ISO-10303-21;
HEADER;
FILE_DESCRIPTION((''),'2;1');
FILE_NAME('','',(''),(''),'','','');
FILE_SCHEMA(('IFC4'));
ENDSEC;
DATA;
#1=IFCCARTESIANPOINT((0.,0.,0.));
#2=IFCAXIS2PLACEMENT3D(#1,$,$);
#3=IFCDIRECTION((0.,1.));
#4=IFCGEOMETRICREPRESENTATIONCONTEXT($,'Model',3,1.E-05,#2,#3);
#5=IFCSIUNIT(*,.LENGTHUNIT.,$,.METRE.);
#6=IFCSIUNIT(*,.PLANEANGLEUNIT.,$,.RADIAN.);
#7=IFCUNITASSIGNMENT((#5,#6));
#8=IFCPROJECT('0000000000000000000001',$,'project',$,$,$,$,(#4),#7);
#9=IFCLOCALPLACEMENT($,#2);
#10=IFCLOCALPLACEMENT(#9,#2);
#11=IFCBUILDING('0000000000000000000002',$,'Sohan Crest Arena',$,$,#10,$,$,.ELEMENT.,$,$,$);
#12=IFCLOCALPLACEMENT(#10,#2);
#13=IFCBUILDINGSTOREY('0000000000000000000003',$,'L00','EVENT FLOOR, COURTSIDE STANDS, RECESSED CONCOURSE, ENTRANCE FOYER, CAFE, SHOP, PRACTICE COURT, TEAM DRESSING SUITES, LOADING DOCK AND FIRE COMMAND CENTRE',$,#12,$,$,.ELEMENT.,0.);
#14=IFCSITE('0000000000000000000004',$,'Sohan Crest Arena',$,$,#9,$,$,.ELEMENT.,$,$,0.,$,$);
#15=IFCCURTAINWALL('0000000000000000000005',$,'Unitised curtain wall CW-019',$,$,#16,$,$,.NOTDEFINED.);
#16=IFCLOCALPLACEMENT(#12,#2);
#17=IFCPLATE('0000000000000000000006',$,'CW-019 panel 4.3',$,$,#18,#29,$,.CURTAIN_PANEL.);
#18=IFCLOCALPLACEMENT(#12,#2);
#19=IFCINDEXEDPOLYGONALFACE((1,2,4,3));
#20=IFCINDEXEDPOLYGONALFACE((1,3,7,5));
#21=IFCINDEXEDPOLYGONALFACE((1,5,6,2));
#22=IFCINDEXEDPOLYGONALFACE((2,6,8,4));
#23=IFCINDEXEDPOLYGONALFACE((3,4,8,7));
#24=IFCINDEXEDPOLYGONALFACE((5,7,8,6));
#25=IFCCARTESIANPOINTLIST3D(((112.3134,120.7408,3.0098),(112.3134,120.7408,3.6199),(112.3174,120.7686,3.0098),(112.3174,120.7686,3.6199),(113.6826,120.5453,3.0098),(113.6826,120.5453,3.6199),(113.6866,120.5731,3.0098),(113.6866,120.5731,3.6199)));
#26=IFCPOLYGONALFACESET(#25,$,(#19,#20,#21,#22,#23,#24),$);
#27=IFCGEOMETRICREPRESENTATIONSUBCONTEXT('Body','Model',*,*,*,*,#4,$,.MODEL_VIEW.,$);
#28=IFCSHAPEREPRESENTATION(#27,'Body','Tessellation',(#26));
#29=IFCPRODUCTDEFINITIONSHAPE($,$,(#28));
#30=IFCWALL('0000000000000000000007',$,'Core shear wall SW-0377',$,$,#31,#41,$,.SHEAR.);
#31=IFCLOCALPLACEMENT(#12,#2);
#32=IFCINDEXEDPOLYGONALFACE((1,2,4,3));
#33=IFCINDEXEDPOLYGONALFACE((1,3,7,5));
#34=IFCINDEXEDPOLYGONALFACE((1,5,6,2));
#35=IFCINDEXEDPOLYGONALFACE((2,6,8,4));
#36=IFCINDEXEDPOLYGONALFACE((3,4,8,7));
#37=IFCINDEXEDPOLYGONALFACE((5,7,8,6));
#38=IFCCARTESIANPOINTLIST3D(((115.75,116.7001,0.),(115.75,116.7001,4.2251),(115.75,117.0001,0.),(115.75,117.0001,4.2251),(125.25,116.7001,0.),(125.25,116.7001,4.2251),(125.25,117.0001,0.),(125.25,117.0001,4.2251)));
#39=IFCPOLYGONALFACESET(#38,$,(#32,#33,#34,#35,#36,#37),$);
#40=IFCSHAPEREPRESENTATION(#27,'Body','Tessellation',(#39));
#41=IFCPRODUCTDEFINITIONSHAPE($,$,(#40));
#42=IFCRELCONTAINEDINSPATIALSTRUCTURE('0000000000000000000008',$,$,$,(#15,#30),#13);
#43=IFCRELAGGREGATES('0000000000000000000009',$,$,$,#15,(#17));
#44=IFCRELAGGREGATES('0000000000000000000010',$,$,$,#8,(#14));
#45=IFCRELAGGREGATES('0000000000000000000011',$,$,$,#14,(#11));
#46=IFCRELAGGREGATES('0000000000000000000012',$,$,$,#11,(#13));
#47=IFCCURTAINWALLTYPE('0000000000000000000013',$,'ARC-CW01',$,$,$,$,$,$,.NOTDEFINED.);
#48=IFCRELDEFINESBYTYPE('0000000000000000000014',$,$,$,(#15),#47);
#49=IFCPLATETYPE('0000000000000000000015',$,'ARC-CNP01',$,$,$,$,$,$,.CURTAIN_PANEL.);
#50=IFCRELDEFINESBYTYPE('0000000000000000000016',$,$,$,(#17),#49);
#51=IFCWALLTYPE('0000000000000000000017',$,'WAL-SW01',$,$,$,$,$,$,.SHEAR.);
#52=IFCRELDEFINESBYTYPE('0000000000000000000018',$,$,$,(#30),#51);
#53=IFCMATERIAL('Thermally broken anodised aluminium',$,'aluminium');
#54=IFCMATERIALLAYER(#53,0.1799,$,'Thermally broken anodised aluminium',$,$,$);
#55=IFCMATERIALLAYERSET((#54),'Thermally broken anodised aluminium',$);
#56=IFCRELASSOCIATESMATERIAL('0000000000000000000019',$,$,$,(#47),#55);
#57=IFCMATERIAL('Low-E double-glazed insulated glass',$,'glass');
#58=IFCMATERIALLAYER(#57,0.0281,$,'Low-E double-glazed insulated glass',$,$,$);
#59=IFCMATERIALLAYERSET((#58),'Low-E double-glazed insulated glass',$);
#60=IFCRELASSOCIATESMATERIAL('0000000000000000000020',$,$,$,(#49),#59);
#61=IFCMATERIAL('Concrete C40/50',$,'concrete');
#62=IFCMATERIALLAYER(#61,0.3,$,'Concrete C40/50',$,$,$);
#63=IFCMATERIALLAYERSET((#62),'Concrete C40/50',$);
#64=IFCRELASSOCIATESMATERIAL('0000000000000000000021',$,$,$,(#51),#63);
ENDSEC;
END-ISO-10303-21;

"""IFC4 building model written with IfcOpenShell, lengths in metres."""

from ifc_helpers import new_model, si_unit, direction, frame, frame_2d, origin, origin_2d, place, context, subcontext, project, spatial, rectangle, extrude, material, layer, layer_set, type_object, element, aggregate, save


model = new_model("IFC4")

# Units and contexts
model_context = context("Model", 3, precision=1e-05, world=origin(), true_north=direction((0.0, 1.0)))
body_context = subcontext(model_context, "Body", "Model", "MODEL_VIEW")
ifc_project = project(units=[si_unit("LENGTHUNIT", "METRE"), si_unit("PLANEANGLEUNIT", "RADIAN")], contexts=[model_context])

# Site, building, storey
site_placement = place(None, origin())
site = spatial("IfcSite", under=ifc_project, at=site_placement, Name="Sohan Crest Arena", CompositionType="ELEMENT", RefElevation=0.0)
building_placement = place(site_placement, origin())
building = spatial("IfcBuilding", under=site, at=building_placement, Name="Sohan Crest Arena", CompositionType="ELEMENT")
storey_placement = place(building_placement, origin())
storey = spatial("IfcBuildingStorey", under=building, at=storey_placement, Name="L00", Description="EVENT FLOOR, COURTSIDE STANDS, RECESSED CONCOURSE, ENTRANCE FOYER, CAFE, SHOP, PRACTICE COURT, TEAM DRESSING SUITES, LOADING DOCK AND FIRE COMMAND CENTRE", CompositionType="ELEMENT", Elevation=0.0)

# Curtain wall
ifc_material_1 = material(Name="Thermally broken anodised aluminium", Category="aluminium")
ifc_layer_1 = layer(ifc_material_1, 0.1799, Name="Thermally broken anodised aluminium")
ifc_layer_set_1 = layer_set([ifc_layer_1], Name="Thermally broken anodised aluminium")
curtain_wall_type = type_object("IfcCurtainWallType", Name="ARC-CW01", PredefinedType="NOTDEFINED", material=ifc_layer_set_1)
curtain_wall_placement = place(storey_placement, origin())
curtain_wall = element("IfcCurtainWall", 1, at=curtain_wall_placement, inside=storey, type_object=curtain_wall_type, Name="Unitised curtain wall CW-019", PredefinedType="NOTDEFINED")

# Plate
ifc_material_2 = material(Name="Low-E double-glazed insulated glass", Category="glass")
ifc_layer_2 = layer(ifc_material_2, 0.0281, Name="Low-E double-glazed insulated glass")
ifc_layer_set_2 = layer_set([ifc_layer_2], Name="Low-E double-glazed insulated glass")
plate_type = type_object("IfcPlateType", Name="ARC-CNP01", PredefinedType="CURTAIN_PANEL", material=ifc_layer_set_2)
plate_1_placement = place(storey_placement, frame((113.0, 120.657, 3.0098), z_axis=(0.0, 0.0, 1.0), x_axis=(-0.989957, 0.141366, 0.0)))
plate_1 = element("IfcPlate", 2, at=plate_1_placement, type_object=plate_type, Name="CW-019 panel 4.3", PredefinedType="CURTAIN_PANEL", context=body_context, shape_type="SweptSolid", body=[
    extrude(rectangle(XDim=1.3831, YDim=0.0281, at=origin_2d()), origin(), (0.0, 0.0, 1.0), 0.6101),
])
aggregate(curtain_wall, [plate_1])

# Wall
ifc_material_3 = material(Name="Concrete C40/50", Category="concrete")
ifc_layer_3 = layer(ifc_material_3, 0.3, Name="Concrete C40/50")
ifc_layer_set_3 = layer_set([ifc_layer_3], Name="Concrete C40/50")
wall_type = type_object("IfcWallType", Name="WAL-SW01", PredefinedType="SHEAR", material=ifc_layer_set_3)
wall_placement = place(storey_placement, frame((115.75, 116.8501, 0.0), z_axis=(0.0, 0.0, 1.0), x_axis=(1.0, 0.0, 0.0)))
element("IfcWall", 3, at=wall_placement, inside=storey, type_object=wall_type, Name="Core shear wall SW-0377", PredefinedType="SHEAR", context=body_context, shape_type="SweptSolid", body=[
    extrude(rectangle(XDim=9.5, YDim=0.3, at=frame_2d((4.75, 0.0))), origin(), (0.0, 0.0, 1.0), 4.2251),
])

save(model, "model.ifc")
